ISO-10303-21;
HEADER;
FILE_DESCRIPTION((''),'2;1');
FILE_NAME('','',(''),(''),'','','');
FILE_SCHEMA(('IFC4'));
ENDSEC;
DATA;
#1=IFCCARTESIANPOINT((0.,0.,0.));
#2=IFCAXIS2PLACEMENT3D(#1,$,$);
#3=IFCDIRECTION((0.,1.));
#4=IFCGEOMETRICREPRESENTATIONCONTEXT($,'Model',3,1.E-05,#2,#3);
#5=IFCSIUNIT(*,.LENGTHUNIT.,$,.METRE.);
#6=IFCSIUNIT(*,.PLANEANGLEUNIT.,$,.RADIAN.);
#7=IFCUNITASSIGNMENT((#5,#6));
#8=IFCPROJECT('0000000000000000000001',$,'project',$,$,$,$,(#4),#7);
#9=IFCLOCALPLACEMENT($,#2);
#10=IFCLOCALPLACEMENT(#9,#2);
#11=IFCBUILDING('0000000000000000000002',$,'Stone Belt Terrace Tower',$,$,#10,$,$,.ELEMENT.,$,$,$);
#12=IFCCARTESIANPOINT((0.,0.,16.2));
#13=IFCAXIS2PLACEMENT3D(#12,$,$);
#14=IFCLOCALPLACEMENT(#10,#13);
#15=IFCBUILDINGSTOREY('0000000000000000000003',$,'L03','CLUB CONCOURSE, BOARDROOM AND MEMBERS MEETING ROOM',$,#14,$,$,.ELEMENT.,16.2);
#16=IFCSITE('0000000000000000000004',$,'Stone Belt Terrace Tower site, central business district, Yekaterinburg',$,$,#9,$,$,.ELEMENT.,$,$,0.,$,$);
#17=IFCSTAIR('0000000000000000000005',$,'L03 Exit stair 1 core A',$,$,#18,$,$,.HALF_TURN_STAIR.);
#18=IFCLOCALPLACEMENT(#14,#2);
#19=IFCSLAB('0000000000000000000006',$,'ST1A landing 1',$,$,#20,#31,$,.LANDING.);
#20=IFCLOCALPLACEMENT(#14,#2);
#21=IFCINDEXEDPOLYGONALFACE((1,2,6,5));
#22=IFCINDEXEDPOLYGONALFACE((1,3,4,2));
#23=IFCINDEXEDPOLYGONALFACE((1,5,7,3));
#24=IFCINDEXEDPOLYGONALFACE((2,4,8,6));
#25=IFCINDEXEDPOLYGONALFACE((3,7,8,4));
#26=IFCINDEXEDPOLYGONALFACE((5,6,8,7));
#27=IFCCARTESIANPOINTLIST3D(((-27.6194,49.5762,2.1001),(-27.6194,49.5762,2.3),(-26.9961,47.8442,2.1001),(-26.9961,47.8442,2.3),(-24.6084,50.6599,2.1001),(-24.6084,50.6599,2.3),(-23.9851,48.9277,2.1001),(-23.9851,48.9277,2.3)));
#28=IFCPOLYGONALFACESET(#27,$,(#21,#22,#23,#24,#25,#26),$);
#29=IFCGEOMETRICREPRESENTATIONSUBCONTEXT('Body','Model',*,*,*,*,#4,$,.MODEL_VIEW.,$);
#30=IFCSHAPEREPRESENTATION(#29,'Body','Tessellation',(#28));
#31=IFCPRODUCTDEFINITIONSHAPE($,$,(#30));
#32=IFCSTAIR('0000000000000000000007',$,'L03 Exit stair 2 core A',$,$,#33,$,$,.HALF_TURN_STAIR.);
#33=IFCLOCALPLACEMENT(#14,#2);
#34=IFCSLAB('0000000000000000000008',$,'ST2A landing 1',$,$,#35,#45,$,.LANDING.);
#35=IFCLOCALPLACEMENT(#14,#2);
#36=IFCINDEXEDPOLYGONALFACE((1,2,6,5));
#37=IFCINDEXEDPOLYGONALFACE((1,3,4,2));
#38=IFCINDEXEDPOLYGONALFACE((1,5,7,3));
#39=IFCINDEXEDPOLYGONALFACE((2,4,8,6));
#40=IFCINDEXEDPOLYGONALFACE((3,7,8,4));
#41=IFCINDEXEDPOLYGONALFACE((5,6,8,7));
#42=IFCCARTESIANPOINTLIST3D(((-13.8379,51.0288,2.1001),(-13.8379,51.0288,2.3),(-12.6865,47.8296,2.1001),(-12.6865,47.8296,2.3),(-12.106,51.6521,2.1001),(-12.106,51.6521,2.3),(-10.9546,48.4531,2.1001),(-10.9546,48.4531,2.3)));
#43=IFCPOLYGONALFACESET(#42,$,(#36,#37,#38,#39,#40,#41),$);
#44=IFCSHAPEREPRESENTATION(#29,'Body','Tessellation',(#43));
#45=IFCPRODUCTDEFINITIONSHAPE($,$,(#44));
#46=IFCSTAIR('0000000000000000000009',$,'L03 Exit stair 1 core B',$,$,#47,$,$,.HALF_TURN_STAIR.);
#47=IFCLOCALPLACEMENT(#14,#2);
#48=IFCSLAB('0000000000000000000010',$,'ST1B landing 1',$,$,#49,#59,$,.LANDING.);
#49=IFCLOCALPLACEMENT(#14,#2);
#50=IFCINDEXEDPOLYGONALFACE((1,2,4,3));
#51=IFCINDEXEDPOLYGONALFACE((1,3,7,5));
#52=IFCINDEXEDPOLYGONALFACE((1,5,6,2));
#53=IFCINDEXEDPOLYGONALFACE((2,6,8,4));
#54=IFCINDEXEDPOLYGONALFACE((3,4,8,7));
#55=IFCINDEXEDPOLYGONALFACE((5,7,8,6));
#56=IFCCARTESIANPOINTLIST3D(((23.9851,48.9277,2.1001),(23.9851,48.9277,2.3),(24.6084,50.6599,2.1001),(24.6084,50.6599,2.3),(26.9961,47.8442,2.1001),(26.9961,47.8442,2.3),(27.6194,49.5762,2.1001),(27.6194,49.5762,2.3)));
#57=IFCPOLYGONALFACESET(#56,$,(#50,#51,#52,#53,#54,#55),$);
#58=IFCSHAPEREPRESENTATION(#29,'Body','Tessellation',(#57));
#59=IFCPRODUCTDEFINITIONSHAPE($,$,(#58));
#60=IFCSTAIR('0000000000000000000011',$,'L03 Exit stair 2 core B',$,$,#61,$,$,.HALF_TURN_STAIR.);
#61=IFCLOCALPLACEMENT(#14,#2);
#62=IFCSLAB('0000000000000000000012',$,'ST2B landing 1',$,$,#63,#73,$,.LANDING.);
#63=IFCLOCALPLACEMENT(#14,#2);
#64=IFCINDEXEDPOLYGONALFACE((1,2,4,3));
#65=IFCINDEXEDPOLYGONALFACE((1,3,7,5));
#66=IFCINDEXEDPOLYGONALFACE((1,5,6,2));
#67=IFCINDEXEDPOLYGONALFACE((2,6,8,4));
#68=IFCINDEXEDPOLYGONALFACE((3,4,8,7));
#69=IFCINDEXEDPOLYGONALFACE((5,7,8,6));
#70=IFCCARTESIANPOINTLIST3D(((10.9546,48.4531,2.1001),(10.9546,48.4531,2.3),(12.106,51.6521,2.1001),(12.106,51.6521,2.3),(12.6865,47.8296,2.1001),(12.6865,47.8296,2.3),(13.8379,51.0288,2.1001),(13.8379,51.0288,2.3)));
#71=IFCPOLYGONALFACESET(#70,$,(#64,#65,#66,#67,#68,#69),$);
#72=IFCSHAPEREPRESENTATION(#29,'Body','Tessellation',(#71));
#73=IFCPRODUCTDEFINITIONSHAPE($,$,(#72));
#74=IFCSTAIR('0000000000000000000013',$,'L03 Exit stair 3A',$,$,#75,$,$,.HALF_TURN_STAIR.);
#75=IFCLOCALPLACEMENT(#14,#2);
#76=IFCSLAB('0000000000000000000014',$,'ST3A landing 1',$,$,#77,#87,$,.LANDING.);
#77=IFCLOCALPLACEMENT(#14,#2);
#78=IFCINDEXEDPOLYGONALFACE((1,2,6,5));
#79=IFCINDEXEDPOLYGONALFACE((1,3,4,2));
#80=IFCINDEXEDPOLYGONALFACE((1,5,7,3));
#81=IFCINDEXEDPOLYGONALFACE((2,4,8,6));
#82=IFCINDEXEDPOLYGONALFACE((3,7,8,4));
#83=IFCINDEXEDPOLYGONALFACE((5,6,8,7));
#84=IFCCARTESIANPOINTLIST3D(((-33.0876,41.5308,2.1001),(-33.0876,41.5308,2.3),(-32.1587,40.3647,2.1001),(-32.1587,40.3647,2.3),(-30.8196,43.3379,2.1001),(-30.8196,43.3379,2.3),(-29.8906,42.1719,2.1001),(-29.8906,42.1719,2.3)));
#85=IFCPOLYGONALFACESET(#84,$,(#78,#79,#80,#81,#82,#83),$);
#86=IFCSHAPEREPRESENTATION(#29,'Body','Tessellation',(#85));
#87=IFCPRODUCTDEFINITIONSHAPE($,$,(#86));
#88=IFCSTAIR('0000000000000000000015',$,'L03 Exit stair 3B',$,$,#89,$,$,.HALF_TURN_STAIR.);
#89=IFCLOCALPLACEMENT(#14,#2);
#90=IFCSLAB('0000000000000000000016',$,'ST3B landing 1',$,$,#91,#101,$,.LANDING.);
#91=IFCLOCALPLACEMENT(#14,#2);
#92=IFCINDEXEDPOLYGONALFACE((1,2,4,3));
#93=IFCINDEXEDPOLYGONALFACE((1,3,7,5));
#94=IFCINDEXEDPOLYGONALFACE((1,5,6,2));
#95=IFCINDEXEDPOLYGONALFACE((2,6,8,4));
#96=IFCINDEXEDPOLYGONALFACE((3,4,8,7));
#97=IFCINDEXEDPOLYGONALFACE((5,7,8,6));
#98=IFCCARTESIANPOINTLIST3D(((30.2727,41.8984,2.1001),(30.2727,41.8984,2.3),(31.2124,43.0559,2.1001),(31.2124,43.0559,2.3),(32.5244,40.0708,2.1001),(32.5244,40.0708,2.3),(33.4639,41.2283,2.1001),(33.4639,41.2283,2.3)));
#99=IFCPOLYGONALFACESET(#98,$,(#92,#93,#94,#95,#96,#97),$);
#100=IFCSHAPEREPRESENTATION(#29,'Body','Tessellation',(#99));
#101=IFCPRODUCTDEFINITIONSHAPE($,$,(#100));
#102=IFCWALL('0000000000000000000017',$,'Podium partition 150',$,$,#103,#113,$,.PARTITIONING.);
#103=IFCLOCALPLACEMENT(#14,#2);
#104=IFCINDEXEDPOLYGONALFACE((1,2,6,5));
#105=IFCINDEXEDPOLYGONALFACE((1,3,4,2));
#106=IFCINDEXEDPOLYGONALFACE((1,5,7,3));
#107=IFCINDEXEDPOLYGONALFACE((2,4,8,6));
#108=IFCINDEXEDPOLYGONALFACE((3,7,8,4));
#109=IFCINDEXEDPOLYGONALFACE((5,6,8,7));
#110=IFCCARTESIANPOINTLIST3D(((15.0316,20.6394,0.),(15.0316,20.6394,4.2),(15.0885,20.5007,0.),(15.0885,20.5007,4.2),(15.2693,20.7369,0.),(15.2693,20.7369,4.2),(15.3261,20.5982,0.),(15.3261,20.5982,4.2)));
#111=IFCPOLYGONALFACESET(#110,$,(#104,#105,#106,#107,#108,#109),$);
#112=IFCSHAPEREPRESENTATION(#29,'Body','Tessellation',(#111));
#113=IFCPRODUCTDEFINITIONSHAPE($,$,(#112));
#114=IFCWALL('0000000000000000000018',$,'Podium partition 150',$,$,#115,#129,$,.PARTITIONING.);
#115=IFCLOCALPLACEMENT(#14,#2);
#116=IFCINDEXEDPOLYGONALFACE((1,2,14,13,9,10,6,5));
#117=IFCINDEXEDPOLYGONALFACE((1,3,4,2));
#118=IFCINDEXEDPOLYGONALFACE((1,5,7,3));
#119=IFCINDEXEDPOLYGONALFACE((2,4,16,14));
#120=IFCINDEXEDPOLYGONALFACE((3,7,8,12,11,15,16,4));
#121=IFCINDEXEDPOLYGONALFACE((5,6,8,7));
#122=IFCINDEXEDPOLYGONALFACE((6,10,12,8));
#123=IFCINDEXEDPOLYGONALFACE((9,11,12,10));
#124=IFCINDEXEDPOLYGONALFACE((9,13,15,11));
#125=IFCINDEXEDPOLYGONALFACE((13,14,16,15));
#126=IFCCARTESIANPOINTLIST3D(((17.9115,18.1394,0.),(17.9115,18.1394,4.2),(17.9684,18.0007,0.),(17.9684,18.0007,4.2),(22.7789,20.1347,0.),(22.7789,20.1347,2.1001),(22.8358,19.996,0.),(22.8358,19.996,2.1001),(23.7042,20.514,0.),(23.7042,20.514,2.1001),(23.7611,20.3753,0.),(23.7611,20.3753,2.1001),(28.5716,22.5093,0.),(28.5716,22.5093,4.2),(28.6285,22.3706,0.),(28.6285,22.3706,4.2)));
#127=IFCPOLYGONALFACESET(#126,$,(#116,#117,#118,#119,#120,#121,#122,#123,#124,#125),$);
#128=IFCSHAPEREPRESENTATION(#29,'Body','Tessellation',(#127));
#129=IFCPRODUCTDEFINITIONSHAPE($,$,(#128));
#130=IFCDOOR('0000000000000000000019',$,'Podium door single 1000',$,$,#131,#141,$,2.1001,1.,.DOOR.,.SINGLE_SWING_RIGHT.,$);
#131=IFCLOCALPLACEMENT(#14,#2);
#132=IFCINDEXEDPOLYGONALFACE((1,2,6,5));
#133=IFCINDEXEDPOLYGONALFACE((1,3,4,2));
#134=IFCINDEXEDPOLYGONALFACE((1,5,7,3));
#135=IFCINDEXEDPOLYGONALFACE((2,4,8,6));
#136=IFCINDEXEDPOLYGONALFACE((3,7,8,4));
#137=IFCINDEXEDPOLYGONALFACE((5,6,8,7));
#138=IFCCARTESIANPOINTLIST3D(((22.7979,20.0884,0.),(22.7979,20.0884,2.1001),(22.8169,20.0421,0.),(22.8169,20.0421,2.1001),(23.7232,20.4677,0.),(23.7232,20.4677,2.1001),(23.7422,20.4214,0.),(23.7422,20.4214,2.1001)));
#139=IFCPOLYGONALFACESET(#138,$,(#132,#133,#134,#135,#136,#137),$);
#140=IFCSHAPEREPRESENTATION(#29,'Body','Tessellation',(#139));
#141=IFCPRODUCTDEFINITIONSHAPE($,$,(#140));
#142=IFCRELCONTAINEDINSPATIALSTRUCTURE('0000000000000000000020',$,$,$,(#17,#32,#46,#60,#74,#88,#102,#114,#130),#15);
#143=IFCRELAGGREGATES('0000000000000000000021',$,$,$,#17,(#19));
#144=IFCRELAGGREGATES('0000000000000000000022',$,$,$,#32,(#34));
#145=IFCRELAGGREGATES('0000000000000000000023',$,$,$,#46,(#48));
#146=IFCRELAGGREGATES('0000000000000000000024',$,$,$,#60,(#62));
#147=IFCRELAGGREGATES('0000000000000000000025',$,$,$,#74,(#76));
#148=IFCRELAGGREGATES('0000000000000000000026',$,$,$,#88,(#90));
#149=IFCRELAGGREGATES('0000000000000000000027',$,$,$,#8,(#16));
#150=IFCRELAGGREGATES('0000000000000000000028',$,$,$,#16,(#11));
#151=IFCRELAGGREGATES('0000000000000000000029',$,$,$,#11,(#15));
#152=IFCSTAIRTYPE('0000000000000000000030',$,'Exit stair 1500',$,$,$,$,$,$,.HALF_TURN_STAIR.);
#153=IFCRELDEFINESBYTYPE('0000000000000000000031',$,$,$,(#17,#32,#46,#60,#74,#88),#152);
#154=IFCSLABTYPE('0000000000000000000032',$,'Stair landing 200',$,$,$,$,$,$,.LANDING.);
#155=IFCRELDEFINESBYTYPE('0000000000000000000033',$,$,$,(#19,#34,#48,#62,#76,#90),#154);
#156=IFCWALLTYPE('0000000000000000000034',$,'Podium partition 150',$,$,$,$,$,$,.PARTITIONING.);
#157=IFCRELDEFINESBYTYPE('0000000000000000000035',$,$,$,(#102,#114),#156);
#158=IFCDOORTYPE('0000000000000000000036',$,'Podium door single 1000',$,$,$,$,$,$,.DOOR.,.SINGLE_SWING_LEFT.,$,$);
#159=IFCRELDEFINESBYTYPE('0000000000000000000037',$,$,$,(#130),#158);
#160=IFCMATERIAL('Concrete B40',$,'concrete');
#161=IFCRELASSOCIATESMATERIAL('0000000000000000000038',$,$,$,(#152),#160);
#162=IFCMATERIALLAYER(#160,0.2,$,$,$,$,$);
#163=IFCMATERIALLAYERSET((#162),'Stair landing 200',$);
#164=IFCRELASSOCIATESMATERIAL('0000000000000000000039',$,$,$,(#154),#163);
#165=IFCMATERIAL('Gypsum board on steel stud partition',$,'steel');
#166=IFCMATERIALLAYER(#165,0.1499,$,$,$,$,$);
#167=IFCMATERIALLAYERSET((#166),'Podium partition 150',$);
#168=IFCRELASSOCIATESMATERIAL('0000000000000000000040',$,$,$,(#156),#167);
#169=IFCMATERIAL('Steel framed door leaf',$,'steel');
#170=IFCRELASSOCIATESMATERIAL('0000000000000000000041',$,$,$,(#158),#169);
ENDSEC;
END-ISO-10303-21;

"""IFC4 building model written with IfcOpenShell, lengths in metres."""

from ifc_helpers import new_model, si_unit, direction, frame, frame_2d, origin, place, context, subcontext, project, spatial, polyline, rectangle, outline, extrude, material, layer, layer_set, type_object, element, fill, aggregate, save


model = new_model("IFC4")

# Units and contexts
model_context = context("Model", 3, precision=1e-05, world=origin(), true_north=direction((0.0, 1.0)))
body_context = subcontext(model_context, "Body", "Model", "MODEL_VIEW")
ifc_project = project(units=[si_unit("LENGTHUNIT", "METRE"), si_unit("PLANEANGLEUNIT", "RADIAN")], contexts=[model_context])

# Site, building, storey
site_placement = place(None, origin())
site = spatial("IfcSite", under=ifc_project, at=site_placement, Name="Stone Belt Terrace Tower site, central business district, Yekaterinburg", CompositionType="ELEMENT", RefElevation=0.0)
building_placement = place(site_placement, origin())
building = spatial("IfcBuilding", under=site, at=building_placement, Name="Stone Belt Terrace Tower", CompositionType="ELEMENT")
storey_placement = place(building_placement, frame((0.0, 0.0, 16.2)))
storey = spatial("IfcBuildingStorey", under=building, at=storey_placement, Name="L03", Description="CLUB CONCOURSE, BOARDROOM AND MEMBERS MEETING ROOM", CompositionType="ELEMENT", Elevation=16.2)

# Shared definitions
ifc_material_1 = material(Name="Concrete B40", Category="concrete")

# Stairs, slabs
stair_type_1 = type_object("IfcStairType", Name="Exit stair 1500", PredefinedType="HALF_TURN_STAIR", material=ifc_material_1)
stair_1_placement = place(storey_placement, origin())
stair_1 = element("IfcStair", 1, at=stair_1_placement, inside=storey, type_object=stair_type_1, Name="L03 Exit stair 1 core A", PredefinedType="HALF_TURN_STAIR")
ifc_layer_1 = layer(ifc_material_1, 0.2)
ifc_layer_set_1 = layer_set([ifc_layer_1], Name="Stair landing 200")
slab_type_1 = type_object("IfcSlabType", Name="Stair landing 200", PredefinedType="LANDING", material=ifc_layer_set_1)
slab_1_placement = place(storey_placement, frame((0.0, 0.0, 2.1001)))
slab_1 = element("IfcSlab", 2, at=slab_1_placement, type_object=slab_type_1, Name="ST1A landing 1", PredefinedType="LANDING", context=body_context, shape_type="SweptSolid", body=[
    extrude(outline(polyline([(-23.9851, 48.9277), (-24.6084, 50.6599), (-27.6194, 49.5762), (-26.9961, 47.8442), (-23.9851, 48.9277)])), origin(), (0.0, 0.0, 1.0), 0.2),
])
aggregate(stair_1, [slab_1])
stair_2_placement = place(storey_placement, origin())
stair_2 = element("IfcStair", 3, at=stair_2_placement, inside=storey, type_object=stair_type_1, Name="L03 Exit stair 2 core A", PredefinedType="HALF_TURN_STAIR")
slab_2_placement = place(storey_placement, frame((0.0, 0.0, 2.1001)))
slab_2 = element("IfcSlab", 4, at=slab_2_placement, type_object=slab_type_1, Name="ST2A landing 1", PredefinedType="LANDING", context=body_context, shape_type="SweptSolid", body=[
    extrude(outline(polyline([(-12.6865, 47.8296), (-10.9546, 48.4531), (-12.106, 51.6521), (-13.8379, 51.0288), (-12.6865, 47.8296)])), origin(), (0.0, 0.0, 1.0), 0.2),
])
aggregate(stair_2, [slab_2])
stair_3_placement = place(storey_placement, origin())
stair_3 = element("IfcStair", 5, at=stair_3_placement, inside=storey, type_object=stair_type_1, Name="L03 Exit stair 1 core B", PredefinedType="HALF_TURN_STAIR")
slab_3_placement = place(storey_placement, frame((0.0, 0.0, 2.1001)))
slab_3 = element("IfcSlab", 6, at=slab_3_placement, type_object=slab_type_1, Name="ST1B landing 1", PredefinedType="LANDING", context=body_context, shape_type="SweptSolid", body=[
    extrude(outline(polyline([(26.9961, 47.8442), (27.6194, 49.5762), (24.6084, 50.6599), (23.9851, 48.9277), (26.9961, 47.8442)])), origin(), (0.0, 0.0, 1.0), 0.2),
])
aggregate(stair_3, [slab_3])
stair_4_placement = place(storey_placement, origin())
stair_4 = element("IfcStair", 7, at=stair_4_placement, inside=storey, type_object=stair_type_1, Name="L03 Exit stair 2 core B", PredefinedType="HALF_TURN_STAIR")
slab_4_placement = place(storey_placement, frame((0.0, 0.0, 2.1001)))
slab_4 = element("IfcSlab", 8, at=slab_4_placement, type_object=slab_type_1, Name="ST2B landing 1", PredefinedType="LANDING", context=body_context, shape_type="SweptSolid", body=[
    extrude(outline(polyline([(13.8379, 51.0288), (12.106, 51.6521), (10.9546, 48.4531), (12.6865, 47.8296), (13.8379, 51.0288)])), origin(), (0.0, 0.0, 1.0), 0.2),
])
aggregate(stair_4, [slab_4])
stair_5_placement = place(storey_placement, origin())
stair_5 = element("IfcStair", 9, at=stair_5_placement, inside=storey, type_object=stair_type_1, Name="L03 Exit stair 3A", PredefinedType="HALF_TURN_STAIR")
slab_5_placement = place(storey_placement, frame((0.0, 0.0, 2.1001)))
slab_5 = element("IfcSlab", 10, at=slab_5_placement, type_object=slab_type_1, Name="ST3A landing 1", PredefinedType="LANDING", context=body_context, shape_type="SweptSolid", body=[
    extrude(outline(polyline([(-29.8906, 42.1719), (-30.8196, 43.3379), (-33.0876, 41.5308), (-32.1587, 40.3647), (-29.8906, 42.1719)])), origin(), (0.0, 0.0, 1.0), 0.2),
])
aggregate(stair_5, [slab_5])
stair_6_placement = place(storey_placement, origin())
stair_6 = element("IfcStair", 11, at=stair_6_placement, inside=storey, type_object=stair_type_1, Name="L03 Exit stair 3B", PredefinedType="HALF_TURN_STAIR")
slab_6_placement = place(storey_placement, frame((0.0, 0.0, 2.1001)))
slab_6 = element("IfcSlab", 12, at=slab_6_placement, type_object=slab_type_1, Name="ST3B landing 1", PredefinedType="LANDING", context=body_context, shape_type="SweptSolid", body=[
    extrude(outline(polyline([(32.5244, 40.0708), (33.4639, 41.2283), (31.2124, 43.0559), (30.2727, 41.8984), (32.5244, 40.0708)])), origin(), (0.0, 0.0, 1.0), 0.2),
])
aggregate(stair_6, [slab_6])

# Wall
ifc_material_2 = material(Name="Gypsum board on steel stud partition", Category="steel")
ifc_layer_2 = layer(ifc_material_2, 0.1499)
ifc_layer_set_2 = layer_set([ifc_layer_2], Name="Podium partition 150")
wall_type = type_object("IfcWallType", Name="Podium partition 150", PredefinedType="PARTITIONING", material=ifc_layer_set_2)
wall_1_placement = place(storey_placement, frame((15.0601, 20.5701, 0.0), z_axis=(0.0, 0.0, 1.0), x_axis=(0.925229, 0.37941, 0.0)))
element("IfcWall", 13, at=wall_1_placement, inside=storey, type_object=wall_type, Name="Podium partition 150", PredefinedType="PARTITIONING", context=body_context, shape_type="SweptSolid", body=[
    extrude(rectangle(XDim=0.2568, YDim=0.1499, at=frame_2d((0.1284, 0.0))), origin(), (0.0, 0.0, 1.0), 4.2),
])

# Wall, opening, door
wall_2_placement = place(storey_placement, frame((17.9399, 18.0701, 0.0), z_axis=(0.0, 0.0, 1.0), x_axis=(0.925276, 0.379295, 0.0)))
wall_2 = element("IfcWall", 14, at=wall_2_placement, inside=storey, type_object=wall_type, Name="Podium partition 150", PredefinedType="PARTITIONING", context=body_context, shape_type="SweptSolid", body=[
    extrude(rectangle(XDim=11.521, YDim=0.1499, at=frame_2d((5.7605, 0.0))), origin(), (0.0, 0.0, 1.0), 4.2),
])
opening_placement = place(wall_2_placement, frame((5.2605, 0.0, 0.0)))
opening = element("IfcOpeningElement", 15, at=opening_placement, cuts=wall_2, PredefinedType="OPENING", context=body_context, shape_type="SweptSolid", body=[
    extrude(rectangle(XDim=1.0, YDim=2.1001, at=frame_2d((0.5, 1.05))), frame((0.0, 0.085, 0.0), z_axis=(0.0, -1.0, 0.0), x_axis=(1.0, 0.0, 0.0)), (0.0, 0.0, 1.0), 0.1699),
])
ifc_material_3 = material(Name="Steel framed door leaf", Category="steel")
door_type = type_object("IfcDoorType", Name="Podium door single 1000", OperationType="SINGLE_SWING_LEFT", PredefinedType="DOOR", material=ifc_material_3)
door_placement = place(opening_placement, origin())
door = element("IfcDoor", 16, at=door_placement, inside=storey, type_object=door_type, Name="Podium door single 1000", OperationType="SINGLE_SWING_RIGHT", OverallHeight=2.1001, OverallWidth=1.0, PredefinedType="DOOR", context=body_context, shape_type="SweptSolid", body=[
    extrude(rectangle(XDim=1.0, YDim=2.1001, at=frame_2d((0.5, 1.05))), frame((0.0, 0.0249, 0.0), z_axis=(0.0, -1.0, 0.0), x_axis=(1.0, 0.0, 0.0)), (0.0, 0.0, 1.0), 0.05),
])
fill(opening, door)

save(model, "model.ifc")
